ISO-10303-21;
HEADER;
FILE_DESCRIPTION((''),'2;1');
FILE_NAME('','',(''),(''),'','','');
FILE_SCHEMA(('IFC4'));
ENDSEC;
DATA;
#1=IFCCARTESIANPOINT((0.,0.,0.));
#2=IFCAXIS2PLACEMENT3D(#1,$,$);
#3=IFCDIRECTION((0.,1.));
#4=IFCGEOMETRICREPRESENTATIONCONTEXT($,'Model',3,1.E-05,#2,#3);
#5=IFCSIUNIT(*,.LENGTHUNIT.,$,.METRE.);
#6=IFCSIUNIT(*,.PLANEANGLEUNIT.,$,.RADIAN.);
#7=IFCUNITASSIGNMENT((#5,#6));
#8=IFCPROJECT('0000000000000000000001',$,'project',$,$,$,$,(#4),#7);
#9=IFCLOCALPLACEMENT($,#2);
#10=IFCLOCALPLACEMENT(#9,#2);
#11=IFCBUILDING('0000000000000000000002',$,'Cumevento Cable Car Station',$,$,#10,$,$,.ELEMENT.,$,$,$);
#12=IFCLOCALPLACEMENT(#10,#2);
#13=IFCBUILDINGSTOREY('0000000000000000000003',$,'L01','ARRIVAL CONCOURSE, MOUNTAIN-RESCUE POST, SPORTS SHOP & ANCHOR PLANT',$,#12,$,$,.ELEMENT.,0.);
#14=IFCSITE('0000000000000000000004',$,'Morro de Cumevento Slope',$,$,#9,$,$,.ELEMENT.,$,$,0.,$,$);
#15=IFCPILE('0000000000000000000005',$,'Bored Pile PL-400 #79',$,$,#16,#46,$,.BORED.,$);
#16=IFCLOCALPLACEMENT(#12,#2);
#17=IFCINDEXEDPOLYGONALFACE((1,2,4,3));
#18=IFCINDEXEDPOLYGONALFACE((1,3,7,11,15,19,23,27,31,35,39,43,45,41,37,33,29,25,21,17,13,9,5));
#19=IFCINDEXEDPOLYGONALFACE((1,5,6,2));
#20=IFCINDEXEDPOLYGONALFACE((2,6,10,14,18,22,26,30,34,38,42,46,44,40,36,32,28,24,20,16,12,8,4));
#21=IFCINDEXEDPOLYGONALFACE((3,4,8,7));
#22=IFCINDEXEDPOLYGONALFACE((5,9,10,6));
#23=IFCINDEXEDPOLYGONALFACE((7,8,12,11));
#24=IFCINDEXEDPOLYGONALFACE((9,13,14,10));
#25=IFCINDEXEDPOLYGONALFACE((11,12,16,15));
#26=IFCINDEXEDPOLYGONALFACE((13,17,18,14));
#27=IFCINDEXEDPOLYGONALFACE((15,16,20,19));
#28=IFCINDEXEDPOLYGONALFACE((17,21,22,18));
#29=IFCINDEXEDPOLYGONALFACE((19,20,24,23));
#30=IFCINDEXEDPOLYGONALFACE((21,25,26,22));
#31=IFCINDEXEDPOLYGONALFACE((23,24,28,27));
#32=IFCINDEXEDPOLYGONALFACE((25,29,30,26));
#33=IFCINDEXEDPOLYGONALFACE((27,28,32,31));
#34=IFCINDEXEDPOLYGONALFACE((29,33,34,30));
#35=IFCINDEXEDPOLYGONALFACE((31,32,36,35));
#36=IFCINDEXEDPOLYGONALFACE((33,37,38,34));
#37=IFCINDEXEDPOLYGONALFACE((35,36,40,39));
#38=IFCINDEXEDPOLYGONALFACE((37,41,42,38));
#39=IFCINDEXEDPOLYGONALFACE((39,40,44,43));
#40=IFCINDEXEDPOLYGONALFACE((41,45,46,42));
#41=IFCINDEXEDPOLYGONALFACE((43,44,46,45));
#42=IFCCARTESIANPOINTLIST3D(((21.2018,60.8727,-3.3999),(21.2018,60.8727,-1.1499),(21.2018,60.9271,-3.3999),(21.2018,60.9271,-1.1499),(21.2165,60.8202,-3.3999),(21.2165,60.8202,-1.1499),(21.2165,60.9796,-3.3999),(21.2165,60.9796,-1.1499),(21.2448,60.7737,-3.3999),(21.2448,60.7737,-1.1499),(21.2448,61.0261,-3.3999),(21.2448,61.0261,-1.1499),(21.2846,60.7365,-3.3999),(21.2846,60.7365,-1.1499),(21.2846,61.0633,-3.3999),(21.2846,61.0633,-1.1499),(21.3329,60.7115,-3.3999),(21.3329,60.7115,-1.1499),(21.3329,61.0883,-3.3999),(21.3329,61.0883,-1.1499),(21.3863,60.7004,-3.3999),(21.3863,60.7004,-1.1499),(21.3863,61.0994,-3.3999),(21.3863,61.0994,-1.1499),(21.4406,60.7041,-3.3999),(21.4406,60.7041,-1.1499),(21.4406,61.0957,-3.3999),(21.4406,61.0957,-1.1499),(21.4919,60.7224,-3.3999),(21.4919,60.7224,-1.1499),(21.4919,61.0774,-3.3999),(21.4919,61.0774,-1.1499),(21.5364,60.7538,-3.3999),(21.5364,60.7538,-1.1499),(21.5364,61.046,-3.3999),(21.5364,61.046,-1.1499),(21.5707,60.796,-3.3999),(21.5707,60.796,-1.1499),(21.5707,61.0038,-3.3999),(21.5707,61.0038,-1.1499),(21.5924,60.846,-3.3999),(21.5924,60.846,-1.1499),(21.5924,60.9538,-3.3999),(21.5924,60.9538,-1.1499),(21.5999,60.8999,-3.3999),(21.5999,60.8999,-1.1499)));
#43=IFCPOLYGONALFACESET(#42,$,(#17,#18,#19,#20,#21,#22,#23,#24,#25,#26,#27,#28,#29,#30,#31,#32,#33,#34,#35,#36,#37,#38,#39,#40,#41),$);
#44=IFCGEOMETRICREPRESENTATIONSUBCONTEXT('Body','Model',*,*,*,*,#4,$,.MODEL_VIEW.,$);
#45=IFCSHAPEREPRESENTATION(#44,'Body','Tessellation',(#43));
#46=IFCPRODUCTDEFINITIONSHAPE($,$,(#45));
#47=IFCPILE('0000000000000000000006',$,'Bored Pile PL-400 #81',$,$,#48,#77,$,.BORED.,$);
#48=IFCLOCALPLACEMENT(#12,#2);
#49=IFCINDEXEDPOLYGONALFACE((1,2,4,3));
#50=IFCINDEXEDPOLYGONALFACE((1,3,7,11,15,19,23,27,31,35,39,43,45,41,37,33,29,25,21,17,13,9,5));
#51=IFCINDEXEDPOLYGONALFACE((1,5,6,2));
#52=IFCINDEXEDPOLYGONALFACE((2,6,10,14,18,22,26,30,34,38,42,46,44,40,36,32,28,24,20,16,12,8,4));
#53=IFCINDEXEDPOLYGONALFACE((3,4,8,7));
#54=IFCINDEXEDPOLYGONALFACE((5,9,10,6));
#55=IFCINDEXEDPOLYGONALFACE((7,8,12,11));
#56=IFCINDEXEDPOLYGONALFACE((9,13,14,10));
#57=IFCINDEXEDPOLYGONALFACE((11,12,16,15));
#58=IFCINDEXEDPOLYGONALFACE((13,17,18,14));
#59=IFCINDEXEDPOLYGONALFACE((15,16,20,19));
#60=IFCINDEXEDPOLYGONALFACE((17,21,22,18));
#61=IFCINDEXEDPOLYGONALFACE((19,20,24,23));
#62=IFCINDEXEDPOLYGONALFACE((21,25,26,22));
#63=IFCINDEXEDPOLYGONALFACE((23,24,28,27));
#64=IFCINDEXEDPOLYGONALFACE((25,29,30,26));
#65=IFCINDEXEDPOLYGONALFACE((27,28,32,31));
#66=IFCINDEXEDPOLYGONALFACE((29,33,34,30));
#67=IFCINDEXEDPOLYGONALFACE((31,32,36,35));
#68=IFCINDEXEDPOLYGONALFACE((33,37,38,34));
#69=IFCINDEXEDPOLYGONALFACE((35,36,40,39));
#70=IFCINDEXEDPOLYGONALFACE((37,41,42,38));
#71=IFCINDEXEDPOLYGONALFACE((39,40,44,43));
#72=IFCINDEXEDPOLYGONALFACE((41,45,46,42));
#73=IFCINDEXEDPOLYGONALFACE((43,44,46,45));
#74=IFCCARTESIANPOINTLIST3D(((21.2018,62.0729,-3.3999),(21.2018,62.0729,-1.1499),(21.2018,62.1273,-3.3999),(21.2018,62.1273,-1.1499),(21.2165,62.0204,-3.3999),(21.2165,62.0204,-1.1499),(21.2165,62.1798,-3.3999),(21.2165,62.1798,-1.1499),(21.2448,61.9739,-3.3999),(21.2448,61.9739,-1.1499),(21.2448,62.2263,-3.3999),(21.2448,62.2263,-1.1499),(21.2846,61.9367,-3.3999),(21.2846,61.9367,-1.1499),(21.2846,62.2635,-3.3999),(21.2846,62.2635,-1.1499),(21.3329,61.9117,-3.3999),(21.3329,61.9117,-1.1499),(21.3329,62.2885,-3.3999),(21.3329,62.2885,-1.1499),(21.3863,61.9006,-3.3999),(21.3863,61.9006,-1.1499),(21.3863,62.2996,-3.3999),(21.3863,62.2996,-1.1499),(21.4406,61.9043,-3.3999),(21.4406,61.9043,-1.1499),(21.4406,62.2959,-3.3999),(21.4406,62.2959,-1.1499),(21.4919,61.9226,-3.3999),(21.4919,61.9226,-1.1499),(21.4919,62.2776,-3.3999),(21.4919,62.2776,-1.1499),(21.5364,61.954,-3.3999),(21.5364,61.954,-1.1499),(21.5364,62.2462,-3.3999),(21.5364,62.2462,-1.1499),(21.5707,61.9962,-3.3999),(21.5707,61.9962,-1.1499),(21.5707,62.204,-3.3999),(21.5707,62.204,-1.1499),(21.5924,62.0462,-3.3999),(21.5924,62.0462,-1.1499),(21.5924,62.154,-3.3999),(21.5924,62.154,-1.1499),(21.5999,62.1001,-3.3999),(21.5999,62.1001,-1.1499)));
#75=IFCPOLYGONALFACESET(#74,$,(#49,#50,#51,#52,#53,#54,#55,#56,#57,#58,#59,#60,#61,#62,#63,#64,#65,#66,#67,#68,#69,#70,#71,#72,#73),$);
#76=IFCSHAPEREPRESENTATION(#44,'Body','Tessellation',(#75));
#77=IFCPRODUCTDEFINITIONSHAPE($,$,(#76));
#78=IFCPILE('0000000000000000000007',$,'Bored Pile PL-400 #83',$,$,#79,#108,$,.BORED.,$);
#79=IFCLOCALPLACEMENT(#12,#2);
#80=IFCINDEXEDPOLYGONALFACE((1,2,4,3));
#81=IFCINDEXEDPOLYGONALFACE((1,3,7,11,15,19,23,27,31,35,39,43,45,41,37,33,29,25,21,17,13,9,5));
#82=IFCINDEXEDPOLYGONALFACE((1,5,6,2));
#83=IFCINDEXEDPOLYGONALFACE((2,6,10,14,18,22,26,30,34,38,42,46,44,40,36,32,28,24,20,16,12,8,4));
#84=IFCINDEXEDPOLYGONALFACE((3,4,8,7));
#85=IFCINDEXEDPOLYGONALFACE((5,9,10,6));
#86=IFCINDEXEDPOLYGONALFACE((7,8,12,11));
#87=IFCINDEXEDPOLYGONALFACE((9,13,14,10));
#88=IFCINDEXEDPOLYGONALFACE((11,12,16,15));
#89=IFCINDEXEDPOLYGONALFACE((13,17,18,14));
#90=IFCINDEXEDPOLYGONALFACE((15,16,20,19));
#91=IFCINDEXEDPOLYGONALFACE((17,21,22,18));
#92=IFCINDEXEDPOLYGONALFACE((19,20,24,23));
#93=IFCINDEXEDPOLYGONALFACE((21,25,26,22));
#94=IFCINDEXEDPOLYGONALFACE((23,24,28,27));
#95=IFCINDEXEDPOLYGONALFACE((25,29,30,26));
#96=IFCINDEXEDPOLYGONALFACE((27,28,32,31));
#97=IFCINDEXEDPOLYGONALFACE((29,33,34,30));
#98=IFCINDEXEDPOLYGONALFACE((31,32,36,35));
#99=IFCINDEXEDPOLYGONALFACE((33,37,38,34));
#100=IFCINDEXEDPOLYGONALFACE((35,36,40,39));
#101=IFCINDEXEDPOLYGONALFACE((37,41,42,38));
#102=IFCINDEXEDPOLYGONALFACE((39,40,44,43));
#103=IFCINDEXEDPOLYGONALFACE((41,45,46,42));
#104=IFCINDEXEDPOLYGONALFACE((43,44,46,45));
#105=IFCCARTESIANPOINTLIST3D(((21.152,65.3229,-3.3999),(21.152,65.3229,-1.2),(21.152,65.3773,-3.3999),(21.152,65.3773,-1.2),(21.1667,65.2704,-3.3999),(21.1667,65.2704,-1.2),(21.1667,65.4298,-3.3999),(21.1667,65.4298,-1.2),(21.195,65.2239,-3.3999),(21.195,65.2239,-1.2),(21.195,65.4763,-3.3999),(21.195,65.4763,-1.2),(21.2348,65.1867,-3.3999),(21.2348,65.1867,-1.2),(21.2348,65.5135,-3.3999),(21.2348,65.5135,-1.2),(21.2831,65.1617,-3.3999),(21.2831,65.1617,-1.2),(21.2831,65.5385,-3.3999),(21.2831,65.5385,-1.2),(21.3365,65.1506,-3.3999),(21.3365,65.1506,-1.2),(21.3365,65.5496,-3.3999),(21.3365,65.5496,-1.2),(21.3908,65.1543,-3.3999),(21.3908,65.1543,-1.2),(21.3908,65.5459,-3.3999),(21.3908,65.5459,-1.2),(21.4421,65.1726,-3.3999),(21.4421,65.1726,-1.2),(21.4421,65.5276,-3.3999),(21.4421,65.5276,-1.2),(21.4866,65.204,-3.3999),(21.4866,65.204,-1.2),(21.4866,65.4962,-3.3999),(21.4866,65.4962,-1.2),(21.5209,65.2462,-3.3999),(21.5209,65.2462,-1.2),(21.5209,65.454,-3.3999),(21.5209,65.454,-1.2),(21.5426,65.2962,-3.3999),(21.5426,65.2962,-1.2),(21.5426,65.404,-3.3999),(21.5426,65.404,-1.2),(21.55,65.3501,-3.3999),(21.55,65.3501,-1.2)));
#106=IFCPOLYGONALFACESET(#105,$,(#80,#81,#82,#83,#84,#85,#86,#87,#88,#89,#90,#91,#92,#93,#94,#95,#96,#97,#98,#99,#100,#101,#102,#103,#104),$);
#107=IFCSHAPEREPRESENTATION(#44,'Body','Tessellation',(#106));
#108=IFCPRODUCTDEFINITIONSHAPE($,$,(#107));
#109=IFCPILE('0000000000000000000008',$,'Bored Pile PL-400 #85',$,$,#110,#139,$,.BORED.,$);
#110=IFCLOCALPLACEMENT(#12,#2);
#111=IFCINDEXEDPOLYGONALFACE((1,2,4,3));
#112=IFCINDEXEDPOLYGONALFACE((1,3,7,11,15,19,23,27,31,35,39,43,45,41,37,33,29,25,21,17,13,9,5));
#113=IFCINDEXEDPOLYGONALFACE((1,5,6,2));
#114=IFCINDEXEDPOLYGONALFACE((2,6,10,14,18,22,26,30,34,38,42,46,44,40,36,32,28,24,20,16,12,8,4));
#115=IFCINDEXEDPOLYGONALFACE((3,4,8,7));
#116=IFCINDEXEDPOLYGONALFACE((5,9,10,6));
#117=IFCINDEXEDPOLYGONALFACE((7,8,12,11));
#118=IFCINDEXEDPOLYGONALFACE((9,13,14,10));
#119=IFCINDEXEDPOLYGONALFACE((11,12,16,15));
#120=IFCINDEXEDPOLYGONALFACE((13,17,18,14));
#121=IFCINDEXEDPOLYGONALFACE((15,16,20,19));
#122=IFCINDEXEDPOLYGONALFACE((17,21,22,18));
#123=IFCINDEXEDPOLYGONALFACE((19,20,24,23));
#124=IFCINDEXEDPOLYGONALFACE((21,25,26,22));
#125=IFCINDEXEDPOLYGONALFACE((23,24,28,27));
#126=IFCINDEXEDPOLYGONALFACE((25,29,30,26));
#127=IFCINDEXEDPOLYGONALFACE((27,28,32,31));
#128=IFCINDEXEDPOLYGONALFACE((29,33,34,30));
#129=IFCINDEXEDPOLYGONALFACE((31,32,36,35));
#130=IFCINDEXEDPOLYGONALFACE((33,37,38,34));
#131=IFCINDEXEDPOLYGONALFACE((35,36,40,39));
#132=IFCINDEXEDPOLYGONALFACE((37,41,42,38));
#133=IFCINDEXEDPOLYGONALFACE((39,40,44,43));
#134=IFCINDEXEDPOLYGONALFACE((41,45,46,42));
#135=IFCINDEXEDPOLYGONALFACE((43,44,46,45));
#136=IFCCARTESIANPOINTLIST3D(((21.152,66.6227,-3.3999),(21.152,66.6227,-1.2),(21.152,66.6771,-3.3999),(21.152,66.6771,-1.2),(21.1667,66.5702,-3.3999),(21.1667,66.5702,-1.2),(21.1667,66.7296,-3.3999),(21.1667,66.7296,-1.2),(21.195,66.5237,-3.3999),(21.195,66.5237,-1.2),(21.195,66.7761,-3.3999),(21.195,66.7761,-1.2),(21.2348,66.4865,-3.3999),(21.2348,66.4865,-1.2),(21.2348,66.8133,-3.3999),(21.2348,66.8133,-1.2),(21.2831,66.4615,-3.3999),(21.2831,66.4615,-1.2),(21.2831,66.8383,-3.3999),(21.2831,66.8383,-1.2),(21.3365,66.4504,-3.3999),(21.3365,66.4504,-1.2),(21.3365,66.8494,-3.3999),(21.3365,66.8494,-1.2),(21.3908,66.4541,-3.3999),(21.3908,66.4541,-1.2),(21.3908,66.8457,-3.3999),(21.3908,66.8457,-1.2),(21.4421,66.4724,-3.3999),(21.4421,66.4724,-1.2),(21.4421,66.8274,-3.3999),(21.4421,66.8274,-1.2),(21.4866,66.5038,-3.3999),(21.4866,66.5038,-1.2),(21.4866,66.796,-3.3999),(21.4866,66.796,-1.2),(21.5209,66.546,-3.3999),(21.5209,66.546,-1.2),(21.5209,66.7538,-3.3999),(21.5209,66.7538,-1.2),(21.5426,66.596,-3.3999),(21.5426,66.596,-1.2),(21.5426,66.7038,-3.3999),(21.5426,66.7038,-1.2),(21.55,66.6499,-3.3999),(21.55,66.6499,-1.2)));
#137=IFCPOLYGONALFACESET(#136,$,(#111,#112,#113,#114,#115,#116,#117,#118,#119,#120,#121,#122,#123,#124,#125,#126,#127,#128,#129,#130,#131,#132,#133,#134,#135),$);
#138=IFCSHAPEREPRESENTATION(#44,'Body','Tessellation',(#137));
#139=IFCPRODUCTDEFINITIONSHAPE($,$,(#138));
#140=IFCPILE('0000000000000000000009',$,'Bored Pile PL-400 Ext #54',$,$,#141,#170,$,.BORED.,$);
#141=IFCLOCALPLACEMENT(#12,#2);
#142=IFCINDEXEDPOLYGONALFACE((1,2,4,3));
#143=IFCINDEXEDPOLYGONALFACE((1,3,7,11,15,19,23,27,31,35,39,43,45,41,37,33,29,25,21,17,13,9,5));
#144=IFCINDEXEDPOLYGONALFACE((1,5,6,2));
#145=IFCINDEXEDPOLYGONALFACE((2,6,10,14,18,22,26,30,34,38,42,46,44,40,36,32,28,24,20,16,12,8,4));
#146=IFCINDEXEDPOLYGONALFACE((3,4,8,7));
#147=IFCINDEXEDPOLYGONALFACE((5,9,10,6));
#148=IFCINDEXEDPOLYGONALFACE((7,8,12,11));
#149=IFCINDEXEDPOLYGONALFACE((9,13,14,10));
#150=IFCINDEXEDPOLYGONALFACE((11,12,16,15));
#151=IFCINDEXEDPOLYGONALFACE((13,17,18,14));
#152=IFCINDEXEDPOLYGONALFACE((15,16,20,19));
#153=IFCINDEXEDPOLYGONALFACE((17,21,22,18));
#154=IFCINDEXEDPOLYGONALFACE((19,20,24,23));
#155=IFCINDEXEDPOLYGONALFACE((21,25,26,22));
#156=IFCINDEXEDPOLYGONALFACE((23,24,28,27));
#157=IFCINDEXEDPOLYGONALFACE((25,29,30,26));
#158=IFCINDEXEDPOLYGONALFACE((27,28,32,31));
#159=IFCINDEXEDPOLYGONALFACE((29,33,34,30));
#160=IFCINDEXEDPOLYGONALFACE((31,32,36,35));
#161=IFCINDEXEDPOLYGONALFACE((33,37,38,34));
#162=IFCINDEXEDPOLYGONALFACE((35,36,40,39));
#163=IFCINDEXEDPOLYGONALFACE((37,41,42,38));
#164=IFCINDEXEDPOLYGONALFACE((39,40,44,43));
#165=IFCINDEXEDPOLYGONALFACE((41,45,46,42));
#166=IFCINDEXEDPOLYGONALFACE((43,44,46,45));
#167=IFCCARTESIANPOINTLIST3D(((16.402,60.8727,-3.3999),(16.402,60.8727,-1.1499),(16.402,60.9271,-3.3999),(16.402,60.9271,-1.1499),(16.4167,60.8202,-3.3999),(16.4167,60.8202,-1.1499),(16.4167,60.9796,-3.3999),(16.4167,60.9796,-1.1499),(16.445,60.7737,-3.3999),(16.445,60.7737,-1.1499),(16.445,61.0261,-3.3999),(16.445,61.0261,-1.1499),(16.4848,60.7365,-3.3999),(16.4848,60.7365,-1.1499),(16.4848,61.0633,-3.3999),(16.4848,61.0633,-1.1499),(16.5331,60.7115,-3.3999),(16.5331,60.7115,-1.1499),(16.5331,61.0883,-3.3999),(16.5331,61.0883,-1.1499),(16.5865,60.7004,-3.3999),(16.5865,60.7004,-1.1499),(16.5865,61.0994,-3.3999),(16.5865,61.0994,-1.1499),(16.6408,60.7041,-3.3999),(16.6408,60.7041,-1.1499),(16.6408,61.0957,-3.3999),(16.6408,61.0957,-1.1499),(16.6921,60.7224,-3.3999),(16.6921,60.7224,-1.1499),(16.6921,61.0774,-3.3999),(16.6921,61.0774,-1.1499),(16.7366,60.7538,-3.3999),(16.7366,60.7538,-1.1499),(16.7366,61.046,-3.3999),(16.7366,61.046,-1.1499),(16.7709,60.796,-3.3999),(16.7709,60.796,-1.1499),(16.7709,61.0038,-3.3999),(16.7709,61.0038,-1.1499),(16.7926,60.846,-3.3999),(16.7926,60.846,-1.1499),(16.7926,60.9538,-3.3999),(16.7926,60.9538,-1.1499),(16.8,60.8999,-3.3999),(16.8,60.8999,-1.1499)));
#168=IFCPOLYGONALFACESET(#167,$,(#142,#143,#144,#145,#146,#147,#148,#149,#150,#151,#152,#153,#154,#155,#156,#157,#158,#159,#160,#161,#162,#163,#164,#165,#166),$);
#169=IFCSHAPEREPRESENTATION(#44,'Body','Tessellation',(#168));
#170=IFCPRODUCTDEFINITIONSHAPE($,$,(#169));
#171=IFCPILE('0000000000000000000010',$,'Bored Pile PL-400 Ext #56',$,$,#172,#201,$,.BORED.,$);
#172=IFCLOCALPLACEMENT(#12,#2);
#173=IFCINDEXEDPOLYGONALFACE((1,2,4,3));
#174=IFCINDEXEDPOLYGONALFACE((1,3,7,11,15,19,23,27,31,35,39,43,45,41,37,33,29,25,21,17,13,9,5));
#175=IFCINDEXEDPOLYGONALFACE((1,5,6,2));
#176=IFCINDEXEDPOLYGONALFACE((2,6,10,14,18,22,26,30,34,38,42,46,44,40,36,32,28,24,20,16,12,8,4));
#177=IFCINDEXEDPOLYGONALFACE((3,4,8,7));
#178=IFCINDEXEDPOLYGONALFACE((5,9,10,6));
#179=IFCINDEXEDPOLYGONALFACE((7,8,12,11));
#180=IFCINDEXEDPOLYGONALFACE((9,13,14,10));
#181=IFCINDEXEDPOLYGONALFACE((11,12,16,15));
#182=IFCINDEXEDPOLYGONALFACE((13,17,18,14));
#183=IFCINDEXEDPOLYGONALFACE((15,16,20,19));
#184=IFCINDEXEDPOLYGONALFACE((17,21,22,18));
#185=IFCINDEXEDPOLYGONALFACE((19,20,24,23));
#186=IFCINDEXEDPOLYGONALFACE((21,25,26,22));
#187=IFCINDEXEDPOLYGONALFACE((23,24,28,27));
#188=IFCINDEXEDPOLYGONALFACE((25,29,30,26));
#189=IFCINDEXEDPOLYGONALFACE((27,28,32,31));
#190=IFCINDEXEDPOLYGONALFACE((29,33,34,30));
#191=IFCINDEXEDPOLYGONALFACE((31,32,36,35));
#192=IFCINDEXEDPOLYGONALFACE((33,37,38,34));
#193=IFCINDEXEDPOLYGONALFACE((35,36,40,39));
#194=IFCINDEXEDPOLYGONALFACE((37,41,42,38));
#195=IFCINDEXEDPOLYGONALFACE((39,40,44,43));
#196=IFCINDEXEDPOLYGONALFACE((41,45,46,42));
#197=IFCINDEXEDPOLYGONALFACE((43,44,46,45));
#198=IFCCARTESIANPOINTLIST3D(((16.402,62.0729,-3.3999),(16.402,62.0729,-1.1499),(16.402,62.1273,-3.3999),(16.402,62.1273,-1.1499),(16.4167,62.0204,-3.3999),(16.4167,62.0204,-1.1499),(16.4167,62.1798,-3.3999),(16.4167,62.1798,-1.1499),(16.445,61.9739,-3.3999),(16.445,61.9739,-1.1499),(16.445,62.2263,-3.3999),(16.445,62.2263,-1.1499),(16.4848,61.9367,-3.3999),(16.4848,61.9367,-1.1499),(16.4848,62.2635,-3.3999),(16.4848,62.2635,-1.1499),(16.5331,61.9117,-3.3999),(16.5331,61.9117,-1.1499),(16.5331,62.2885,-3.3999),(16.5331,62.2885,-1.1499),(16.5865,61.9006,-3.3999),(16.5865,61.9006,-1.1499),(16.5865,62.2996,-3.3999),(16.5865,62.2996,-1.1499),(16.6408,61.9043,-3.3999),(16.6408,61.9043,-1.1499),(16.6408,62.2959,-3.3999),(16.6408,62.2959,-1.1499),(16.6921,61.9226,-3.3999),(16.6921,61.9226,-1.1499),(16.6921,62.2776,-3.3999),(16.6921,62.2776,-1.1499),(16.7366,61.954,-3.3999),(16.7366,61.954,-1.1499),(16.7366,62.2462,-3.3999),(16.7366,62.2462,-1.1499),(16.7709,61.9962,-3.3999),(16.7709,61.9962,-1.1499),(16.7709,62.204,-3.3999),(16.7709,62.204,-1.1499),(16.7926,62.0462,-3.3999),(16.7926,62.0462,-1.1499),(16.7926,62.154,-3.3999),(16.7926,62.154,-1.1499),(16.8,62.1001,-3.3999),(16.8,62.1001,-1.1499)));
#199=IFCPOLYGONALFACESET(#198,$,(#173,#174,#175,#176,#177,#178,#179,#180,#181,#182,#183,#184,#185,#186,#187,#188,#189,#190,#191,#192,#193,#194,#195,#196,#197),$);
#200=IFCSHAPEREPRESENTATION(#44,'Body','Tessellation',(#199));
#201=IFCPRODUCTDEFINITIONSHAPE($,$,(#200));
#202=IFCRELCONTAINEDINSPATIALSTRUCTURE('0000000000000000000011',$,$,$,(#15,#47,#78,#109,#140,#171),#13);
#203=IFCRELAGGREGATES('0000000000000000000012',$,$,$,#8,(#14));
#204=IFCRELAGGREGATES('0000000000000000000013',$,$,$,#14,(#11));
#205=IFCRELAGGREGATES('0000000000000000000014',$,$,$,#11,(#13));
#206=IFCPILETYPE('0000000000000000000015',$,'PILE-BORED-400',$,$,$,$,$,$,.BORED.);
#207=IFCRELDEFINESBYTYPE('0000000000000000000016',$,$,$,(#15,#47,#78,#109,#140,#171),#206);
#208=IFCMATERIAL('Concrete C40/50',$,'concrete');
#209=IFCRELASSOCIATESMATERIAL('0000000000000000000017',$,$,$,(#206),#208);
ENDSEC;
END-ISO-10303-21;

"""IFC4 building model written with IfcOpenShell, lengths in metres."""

from ifc_helpers import new_model, si_unit, direction, frame, origin, origin_2d, place, context, subcontext, project, spatial, circle, extrude, material, material_profile, profile_set, type_object, element, save


model = new_model("IFC4")

# Units and contexts
model_context = context("Model", 3, precision=1e-05, world=origin(), true_north=direction((0.0, 1.0)))
body_context = subcontext(model_context, "Body", "Model", "MODEL_VIEW")
ifc_project = project(units=[si_unit("LENGTHUNIT", "METRE"), si_unit("PLANEANGLEUNIT", "RADIAN")], contexts=[model_context])

# Site, building, storey
site_placement = place(None, origin())
site = spatial("IfcSite", under=ifc_project, at=site_placement, Name="Morro de Cumevento Slope", CompositionType="ELEMENT", RefElevation=0.0)
building_placement = place(site_placement, origin())
building = spatial("IfcBuilding", under=site, at=building_placement, Name="Cumevento Cable Car Station", CompositionType="ELEMENT")
storey_placement = place(building_placement, origin())
storey = spatial("IfcBuildingStorey", under=building, at=storey_placement, Name="L01", Description="ARRIVAL CONCOURSE, MOUNTAIN-RESCUE POST, SPORTS SHOP & ANCHOR PLANT", CompositionType="ELEMENT", Elevation=0.0)

# Piles
ifc_material_1 = material(Name="Concrete C40/50", Category="concrete")
ifc_material_profile_1 = material_profile(ifc_material_1, circle(Radius=0.2, at=origin_2d()), Name="PILE-D400")
ifc_profile_set_1 = profile_set([ifc_material_profile_1], Name="Concrete C40/50")
pile_type_1 = type_object("IfcPileType", Name="PILE-BORED-400", PredefinedType="BORED", material=ifc_profile_set_1)
for number, where, z_axis, x_axis, name in (
    (1, (21.3999, 60.8999, -1.1499), (0.0, 0.0, -1.0), (1.0, 0.0, 0.0), "Bored Pile PL-400 #79"),
    (2, (21.3999, 62.1001, -1.1499), (0.0, 0.0, -1.0), (1.0, 0.0, 0.0), "Bored Pile PL-400 #81"),
):
    element("IfcPile", number, at=place(storey_placement, frame(where, z_axis=z_axis, x_axis=x_axis)), inside=storey, type_object=pile_type_1, Name=name, PredefinedType="BORED", context=body_context, shape_type="SweptSolid", body=[
        extrude(circle(Radius=0.2, at=origin_2d()), origin(), (0.0, 0.0, 1.0), 2.25),
    ])
for number, where, z_axis, x_axis, name in (
    (3, (21.3501, 65.3501, -1.2), (0.0, 0.0, -1.0), (1.0, 0.0, 0.0), "Bored Pile PL-400 #83"),
    (4, (21.3501, 66.6499, -1.2), (0.0, 0.0, -1.0), (1.0, 0.0, 0.0), "Bored Pile PL-400 #85"),
):
    element("IfcPile", number, at=place(storey_placement, frame(where, z_axis=z_axis, x_axis=x_axis)), inside=storey, type_object=pile_type_1, Name=name, PredefinedType="BORED", context=body_context, shape_type="SweptSolid", body=[
        extrude(circle(Radius=0.2, at=origin_2d()), origin(), (0.0, 0.0, 1.0), 2.2),
    ])
for number, where, z_axis, x_axis, name in (
    (5, (16.6001, 60.8999, -1.1499), (0.0, 0.0, -1.0), (1.0, 0.0, 0.0), "Bored Pile PL-400 Ext #54"),
    (6, (16.6001, 62.1001, -1.1499), (0.0, 0.0, -1.0), (1.0, 0.0, 0.0), "Bored Pile PL-400 Ext #56"),
):
    element("IfcPile", number, at=place(storey_placement, frame(where, z_axis=z_axis, x_axis=x_axis)), inside=storey, type_object=pile_type_1, Name=name, PredefinedType="BORED", context=body_context, shape_type="SweptSolid", body=[
        extrude(circle(Radius=0.2, at=origin_2d()), origin(), (0.0, 0.0, 1.0), 2.25),
    ])

save(model, "model.ifc")
